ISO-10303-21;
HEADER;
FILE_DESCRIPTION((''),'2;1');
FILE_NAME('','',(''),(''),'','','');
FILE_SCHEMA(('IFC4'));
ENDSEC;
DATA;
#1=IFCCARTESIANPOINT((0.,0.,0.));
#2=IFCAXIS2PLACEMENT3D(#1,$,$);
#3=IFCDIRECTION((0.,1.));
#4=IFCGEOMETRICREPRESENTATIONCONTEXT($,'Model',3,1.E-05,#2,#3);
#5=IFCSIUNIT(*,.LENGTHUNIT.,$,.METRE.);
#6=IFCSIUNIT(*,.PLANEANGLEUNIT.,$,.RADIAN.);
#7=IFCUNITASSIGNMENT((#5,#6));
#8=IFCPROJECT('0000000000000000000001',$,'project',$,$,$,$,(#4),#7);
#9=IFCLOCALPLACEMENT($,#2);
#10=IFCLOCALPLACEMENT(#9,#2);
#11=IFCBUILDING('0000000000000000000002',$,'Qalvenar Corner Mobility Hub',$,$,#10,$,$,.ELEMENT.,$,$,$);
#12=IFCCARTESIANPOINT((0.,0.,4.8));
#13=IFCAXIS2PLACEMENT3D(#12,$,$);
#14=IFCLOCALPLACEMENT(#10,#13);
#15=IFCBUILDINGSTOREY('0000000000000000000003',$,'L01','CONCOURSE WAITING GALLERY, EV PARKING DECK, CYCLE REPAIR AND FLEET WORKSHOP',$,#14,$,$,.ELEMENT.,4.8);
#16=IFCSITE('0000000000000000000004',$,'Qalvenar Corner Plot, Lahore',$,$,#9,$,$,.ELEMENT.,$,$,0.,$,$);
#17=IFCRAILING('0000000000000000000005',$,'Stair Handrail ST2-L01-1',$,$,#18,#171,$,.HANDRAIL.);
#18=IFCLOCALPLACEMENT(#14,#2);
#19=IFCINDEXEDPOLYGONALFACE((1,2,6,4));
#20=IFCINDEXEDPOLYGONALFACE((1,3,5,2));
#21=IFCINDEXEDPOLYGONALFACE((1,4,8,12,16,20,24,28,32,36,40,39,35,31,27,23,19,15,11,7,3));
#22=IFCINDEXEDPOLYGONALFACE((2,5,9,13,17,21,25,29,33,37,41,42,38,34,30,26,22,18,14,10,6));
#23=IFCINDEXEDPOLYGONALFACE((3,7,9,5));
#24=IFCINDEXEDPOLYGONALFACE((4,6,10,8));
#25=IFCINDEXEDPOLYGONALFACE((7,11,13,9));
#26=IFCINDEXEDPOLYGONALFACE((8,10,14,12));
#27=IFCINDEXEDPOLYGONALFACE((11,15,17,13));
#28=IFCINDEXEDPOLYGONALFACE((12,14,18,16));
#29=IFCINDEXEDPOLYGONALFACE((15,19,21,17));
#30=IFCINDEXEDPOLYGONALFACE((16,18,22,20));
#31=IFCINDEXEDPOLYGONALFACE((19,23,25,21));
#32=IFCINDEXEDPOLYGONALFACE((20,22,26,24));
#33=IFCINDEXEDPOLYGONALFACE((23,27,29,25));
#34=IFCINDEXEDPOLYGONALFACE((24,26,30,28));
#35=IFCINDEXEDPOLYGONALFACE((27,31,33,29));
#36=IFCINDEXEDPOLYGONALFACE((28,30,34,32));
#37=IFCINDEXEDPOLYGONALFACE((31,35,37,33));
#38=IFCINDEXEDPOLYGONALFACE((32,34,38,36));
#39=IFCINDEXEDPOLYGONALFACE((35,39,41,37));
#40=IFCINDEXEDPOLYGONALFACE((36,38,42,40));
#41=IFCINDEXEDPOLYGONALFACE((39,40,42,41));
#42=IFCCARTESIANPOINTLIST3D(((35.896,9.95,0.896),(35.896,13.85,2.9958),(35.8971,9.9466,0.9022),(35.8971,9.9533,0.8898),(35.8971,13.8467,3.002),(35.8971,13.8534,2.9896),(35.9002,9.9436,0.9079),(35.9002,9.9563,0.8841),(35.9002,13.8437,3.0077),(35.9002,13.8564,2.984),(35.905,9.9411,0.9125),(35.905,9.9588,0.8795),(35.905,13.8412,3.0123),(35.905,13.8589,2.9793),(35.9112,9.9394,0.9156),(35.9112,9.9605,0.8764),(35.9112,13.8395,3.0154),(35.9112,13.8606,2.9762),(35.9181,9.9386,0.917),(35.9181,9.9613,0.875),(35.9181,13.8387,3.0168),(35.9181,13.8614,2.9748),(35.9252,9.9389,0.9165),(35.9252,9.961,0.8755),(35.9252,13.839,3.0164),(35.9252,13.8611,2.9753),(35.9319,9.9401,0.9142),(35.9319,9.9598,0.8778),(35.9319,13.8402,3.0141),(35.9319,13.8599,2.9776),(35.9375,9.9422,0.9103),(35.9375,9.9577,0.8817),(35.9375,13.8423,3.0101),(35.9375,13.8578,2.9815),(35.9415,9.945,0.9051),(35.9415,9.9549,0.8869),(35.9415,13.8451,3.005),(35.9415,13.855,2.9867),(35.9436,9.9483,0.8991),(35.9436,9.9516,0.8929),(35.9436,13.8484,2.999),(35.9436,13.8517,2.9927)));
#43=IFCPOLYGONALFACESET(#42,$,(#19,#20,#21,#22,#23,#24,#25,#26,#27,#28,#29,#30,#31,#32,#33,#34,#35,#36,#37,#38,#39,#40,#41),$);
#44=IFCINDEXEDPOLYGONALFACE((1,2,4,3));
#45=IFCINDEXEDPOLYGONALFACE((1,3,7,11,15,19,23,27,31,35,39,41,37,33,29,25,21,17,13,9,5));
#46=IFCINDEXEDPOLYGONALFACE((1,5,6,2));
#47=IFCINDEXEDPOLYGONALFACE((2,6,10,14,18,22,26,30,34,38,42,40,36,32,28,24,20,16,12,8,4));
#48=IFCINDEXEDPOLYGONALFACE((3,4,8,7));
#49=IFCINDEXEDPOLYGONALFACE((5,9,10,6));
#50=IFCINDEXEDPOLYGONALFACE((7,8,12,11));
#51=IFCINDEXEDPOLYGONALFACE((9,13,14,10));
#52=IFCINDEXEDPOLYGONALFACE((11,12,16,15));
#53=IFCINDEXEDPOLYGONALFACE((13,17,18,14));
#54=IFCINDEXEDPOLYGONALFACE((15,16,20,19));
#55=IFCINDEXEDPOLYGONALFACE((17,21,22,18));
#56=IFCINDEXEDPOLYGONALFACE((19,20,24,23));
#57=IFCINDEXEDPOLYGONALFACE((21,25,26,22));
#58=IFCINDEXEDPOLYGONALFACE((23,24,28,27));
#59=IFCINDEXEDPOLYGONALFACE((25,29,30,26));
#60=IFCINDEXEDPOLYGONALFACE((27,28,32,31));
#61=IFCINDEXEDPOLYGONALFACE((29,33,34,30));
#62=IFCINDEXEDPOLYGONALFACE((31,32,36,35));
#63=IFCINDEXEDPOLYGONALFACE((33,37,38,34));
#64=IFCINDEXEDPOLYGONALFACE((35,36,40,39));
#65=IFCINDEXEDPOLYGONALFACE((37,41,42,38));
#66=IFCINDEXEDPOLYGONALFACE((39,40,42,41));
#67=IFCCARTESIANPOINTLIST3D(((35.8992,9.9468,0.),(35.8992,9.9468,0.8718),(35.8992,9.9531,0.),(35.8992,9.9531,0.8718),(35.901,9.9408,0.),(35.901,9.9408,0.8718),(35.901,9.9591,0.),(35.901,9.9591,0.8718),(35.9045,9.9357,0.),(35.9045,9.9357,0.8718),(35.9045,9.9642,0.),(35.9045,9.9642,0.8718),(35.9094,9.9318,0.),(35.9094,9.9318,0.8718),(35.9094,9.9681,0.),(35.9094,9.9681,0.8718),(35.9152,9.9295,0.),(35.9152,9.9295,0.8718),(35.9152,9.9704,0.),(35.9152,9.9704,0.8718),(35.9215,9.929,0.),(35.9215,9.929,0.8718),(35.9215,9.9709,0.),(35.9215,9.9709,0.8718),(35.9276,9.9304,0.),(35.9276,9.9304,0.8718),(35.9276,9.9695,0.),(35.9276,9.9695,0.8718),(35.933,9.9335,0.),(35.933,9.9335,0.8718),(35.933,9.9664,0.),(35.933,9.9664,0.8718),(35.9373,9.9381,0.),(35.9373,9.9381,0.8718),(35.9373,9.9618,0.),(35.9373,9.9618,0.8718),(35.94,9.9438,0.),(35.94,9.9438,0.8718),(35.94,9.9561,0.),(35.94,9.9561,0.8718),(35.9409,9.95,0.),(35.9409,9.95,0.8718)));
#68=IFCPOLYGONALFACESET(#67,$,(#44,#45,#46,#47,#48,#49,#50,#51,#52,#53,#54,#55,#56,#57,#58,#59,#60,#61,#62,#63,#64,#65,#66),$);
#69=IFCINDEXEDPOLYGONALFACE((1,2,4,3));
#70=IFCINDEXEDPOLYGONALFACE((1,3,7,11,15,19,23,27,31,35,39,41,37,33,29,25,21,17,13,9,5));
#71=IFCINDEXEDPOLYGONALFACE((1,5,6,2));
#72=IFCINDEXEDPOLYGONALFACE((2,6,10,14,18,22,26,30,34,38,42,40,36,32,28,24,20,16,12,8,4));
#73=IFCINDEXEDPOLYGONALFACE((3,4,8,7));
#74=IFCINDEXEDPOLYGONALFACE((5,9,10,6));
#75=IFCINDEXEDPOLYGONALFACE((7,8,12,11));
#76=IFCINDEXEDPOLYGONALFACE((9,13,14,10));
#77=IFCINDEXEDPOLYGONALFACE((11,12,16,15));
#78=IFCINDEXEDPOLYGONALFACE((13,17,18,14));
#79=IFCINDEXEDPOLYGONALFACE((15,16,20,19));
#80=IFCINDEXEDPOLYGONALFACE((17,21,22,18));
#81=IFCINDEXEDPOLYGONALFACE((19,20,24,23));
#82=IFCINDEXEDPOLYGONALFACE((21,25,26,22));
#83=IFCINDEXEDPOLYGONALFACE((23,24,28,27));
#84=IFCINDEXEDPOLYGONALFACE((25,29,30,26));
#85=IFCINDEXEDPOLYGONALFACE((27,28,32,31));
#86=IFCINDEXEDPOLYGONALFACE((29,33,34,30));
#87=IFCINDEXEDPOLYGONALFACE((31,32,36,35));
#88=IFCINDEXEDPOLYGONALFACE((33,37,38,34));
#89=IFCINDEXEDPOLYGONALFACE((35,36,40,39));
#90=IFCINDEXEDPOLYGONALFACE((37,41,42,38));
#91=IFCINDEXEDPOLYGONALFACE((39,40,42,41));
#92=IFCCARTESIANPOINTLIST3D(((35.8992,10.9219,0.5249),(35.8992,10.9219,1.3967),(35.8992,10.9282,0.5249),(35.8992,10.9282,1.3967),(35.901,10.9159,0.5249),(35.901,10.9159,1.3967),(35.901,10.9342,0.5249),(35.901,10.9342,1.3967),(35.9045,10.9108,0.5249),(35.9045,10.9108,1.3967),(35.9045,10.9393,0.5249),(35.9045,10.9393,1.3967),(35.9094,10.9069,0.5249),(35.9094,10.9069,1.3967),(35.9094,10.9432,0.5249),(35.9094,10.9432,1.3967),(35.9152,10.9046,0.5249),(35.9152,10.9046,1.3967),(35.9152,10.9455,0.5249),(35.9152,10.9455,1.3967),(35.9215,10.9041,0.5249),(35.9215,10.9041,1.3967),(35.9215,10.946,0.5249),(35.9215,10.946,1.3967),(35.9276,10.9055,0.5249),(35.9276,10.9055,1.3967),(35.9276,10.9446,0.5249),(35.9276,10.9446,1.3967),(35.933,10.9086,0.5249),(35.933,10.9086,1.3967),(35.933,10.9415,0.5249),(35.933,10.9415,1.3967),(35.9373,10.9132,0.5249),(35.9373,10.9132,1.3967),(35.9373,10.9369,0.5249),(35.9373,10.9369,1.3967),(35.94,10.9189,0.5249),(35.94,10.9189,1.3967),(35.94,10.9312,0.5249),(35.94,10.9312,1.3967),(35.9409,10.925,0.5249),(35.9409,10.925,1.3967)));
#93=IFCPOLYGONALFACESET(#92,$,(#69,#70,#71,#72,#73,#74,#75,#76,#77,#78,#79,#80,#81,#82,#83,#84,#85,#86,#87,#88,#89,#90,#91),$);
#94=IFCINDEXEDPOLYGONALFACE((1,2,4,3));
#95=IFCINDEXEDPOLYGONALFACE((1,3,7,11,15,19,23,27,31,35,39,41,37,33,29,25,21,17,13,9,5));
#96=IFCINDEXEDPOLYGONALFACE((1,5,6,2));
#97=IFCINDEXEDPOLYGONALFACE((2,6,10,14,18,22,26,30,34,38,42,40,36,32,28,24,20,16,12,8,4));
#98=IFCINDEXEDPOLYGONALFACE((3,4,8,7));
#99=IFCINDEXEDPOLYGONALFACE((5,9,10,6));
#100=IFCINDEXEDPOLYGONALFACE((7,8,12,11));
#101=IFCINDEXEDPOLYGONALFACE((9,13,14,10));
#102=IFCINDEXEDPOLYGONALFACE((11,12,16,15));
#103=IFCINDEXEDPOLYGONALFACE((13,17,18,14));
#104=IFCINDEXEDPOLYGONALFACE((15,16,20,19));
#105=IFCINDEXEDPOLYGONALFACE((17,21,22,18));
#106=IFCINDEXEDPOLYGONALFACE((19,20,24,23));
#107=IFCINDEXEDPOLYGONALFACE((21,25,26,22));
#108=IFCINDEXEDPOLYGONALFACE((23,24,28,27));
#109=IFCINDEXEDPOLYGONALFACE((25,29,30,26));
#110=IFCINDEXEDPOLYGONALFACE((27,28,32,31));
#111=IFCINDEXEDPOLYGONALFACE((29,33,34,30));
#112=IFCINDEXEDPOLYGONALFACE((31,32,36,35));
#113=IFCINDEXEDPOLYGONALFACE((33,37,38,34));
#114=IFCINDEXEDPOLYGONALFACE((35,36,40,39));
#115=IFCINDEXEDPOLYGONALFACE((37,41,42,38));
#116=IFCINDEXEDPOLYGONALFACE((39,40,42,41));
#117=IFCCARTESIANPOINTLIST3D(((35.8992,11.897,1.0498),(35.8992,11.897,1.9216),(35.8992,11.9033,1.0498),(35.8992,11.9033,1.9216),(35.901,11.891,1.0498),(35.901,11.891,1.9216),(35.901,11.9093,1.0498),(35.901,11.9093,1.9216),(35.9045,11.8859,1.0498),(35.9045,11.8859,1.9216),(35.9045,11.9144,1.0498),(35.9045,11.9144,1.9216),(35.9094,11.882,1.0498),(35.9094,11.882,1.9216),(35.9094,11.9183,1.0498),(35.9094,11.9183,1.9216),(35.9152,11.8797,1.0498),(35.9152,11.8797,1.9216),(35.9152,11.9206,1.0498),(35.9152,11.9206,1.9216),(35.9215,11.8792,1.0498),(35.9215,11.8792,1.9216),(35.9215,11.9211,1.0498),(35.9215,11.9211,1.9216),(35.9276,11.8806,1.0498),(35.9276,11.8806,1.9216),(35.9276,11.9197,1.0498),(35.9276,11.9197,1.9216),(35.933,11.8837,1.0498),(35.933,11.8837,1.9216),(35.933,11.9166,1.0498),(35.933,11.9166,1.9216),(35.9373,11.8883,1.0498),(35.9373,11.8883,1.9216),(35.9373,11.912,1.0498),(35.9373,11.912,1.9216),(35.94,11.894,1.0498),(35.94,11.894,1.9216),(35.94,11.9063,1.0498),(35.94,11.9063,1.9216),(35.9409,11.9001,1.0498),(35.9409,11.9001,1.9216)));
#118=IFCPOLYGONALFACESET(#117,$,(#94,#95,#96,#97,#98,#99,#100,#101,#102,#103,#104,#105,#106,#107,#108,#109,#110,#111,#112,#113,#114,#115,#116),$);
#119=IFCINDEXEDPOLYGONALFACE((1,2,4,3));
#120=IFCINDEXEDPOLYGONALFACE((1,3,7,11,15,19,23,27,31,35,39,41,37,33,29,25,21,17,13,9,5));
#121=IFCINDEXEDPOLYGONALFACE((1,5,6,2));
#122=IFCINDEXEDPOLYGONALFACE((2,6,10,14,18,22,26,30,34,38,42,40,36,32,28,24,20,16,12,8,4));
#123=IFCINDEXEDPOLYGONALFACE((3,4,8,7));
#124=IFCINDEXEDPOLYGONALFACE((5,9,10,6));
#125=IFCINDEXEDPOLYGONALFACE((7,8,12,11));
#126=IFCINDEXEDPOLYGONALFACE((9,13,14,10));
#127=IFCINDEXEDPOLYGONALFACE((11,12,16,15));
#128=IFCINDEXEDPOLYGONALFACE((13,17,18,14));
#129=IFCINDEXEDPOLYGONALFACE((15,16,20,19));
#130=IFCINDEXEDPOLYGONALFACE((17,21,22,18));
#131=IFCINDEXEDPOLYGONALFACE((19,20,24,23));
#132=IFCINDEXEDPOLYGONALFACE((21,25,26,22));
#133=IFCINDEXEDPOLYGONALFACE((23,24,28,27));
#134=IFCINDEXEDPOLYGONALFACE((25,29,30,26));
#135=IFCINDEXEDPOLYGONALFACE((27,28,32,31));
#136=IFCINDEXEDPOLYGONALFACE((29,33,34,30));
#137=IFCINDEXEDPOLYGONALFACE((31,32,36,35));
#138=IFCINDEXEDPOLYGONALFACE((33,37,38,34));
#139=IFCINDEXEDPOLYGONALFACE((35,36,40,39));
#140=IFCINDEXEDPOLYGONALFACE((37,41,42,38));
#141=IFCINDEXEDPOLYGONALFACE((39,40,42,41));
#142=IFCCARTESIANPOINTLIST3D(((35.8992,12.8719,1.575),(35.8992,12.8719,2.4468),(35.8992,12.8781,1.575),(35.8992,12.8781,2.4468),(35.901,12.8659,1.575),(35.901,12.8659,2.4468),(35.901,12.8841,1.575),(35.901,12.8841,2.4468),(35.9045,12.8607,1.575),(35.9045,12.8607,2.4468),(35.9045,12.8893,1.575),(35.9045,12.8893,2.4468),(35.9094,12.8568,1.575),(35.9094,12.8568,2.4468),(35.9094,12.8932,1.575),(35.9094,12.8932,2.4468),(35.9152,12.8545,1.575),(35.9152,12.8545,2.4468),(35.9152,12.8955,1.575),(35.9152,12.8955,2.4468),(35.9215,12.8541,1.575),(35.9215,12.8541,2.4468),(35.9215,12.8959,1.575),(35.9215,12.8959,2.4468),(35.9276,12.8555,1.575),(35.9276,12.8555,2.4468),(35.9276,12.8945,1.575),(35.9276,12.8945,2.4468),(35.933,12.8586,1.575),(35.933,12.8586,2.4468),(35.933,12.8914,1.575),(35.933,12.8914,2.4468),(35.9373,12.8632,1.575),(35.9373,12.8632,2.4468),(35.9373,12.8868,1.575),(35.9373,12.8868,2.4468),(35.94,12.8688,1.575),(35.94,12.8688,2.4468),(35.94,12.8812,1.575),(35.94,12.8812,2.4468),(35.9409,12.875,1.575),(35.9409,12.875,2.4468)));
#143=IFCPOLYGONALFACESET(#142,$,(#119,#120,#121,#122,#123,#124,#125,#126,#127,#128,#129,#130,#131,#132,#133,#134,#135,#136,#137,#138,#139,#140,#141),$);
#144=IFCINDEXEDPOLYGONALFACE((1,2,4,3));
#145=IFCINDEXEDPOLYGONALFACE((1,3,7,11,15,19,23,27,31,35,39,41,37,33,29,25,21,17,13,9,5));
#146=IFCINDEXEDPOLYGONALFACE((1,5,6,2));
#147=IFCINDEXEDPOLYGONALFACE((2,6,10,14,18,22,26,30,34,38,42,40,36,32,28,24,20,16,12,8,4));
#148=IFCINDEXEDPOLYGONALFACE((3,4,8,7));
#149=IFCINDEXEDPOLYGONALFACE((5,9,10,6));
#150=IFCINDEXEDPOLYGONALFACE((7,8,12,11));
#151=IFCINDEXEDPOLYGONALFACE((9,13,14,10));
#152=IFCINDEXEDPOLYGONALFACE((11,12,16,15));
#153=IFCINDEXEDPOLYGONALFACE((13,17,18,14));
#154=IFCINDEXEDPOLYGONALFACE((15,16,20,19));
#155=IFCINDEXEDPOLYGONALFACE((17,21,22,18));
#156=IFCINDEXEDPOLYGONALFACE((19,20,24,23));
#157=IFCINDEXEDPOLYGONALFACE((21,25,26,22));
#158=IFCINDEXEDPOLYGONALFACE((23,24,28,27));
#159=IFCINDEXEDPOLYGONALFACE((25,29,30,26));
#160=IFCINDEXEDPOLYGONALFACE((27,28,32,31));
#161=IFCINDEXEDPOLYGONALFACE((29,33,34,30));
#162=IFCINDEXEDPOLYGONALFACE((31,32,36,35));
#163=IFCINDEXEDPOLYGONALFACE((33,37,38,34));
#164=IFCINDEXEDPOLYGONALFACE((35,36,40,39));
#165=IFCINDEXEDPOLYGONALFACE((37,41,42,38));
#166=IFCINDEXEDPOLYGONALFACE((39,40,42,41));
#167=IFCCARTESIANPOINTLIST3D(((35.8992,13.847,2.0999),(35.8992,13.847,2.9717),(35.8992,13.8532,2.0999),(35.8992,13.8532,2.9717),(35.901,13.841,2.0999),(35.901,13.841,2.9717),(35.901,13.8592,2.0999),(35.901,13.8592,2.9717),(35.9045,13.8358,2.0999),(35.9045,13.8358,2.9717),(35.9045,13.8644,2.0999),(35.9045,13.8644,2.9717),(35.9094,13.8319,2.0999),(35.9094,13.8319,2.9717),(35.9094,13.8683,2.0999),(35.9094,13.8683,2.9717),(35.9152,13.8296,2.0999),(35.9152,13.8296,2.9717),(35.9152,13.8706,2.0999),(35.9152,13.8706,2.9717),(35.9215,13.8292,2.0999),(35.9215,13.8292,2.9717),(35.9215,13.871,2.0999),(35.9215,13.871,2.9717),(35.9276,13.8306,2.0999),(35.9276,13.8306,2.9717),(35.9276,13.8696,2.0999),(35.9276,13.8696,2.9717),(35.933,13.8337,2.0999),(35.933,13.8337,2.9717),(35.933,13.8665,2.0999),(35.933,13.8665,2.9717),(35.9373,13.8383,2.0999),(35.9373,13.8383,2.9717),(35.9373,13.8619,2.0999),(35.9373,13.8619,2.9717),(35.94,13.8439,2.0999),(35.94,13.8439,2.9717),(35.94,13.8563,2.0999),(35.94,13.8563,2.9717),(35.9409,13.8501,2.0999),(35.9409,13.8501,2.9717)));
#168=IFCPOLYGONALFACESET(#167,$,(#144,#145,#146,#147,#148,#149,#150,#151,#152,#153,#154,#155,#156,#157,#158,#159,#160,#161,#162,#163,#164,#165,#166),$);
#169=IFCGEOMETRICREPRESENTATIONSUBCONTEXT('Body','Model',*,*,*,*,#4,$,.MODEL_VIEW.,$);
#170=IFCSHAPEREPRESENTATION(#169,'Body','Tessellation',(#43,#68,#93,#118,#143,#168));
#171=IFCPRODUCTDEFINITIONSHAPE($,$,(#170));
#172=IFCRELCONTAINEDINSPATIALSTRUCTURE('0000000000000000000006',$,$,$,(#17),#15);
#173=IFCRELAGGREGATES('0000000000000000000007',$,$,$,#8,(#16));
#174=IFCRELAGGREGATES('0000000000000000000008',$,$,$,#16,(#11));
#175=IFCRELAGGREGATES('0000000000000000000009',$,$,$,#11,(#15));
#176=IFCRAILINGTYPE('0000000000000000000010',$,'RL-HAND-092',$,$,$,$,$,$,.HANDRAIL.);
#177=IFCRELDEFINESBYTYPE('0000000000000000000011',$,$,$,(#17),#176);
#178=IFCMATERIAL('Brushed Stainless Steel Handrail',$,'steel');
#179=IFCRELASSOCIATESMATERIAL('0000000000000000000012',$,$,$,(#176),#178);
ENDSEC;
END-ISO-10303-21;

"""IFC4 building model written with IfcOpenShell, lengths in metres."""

from ifc_helpers import new_model, si_unit, direction, frame, origin, origin_2d, place, context, subcontext, project, spatial, circle, extrude, material, type_object, element, save


model = new_model("IFC4")

# Units and contexts
model_context = context("Model", 3, precision=1e-05, world=origin(), true_north=direction((0.0, 1.0)))
body_context = subcontext(model_context, "Body", "Model", "MODEL_VIEW")
ifc_project = project(units=[si_unit("LENGTHUNIT", "METRE"), si_unit("PLANEANGLEUNIT", "RADIAN")], contexts=[model_context])

# Site, building, storey
site_placement = place(None, origin())
site = spatial("IfcSite", under=ifc_project, at=site_placement, Name="Qalvenar Corner Plot, Lahore", CompositionType="ELEMENT", RefElevation=0.0)
building_placement = place(site_placement, origin())
building = spatial("IfcBuilding", under=site, at=building_placement, Name="Qalvenar Corner Mobility Hub", CompositionType="ELEMENT")
storey_placement = place(building_placement, frame((0.0, 0.0, 4.8)))
storey = spatial("IfcBuildingStorey", under=building, at=storey_placement, Name="L01", Description="CONCOURSE WAITING GALLERY, EV PARKING DECK, CYCLE REPAIR AND FLEET WORKSHOP", CompositionType="ELEMENT", Elevation=4.8)

# Railing
ifc_material_1 = material(Name="Brushed Stainless Steel Handrail", Category="steel")
railing_type_1 = type_object("IfcRailingType", Name="RL-HAND-092", PredefinedType="HANDRAIL", material=ifc_material_1)
railing_1_placement = place(storey_placement, frame((35.9199, 9.95, 0.0)))
element("IfcRailing", 1, at=railing_1_placement, inside=storey, type_object=railing_type_1, Name="Stair Handrail ST2-L01-1", PredefinedType="HANDRAIL", context=body_context, shape_type="SweptSolid", body=[
    extrude(circle(Radius=0.0239, at=origin_2d()), frame((0.0, 0.0, 0.896), z_axis=(0.0, 0.880492, 0.47406), x_axis=(-1.0, 0.0, 0.0)), (0.0, 0.0, 1.0), 4.4294),
    extrude(circle(Radius=0.021, at=origin_2d()), origin(), (0.0, 0.0, 1.0), 0.8718),
    extrude(circle(Radius=0.021, at=origin_2d()), frame((0.0, 0.9751, 0.5249)), (0.0, 0.0, 1.0), 0.8718),
    extrude(circle(Radius=0.021, at=origin_2d()), frame((0.0, 1.9502, 1.0498)), (0.0, 0.0, 1.0), 0.8718),
    extrude(circle(Radius=0.021, at=origin_2d()), frame((0.0, 2.925, 1.575)), (0.0, 0.0, 1.0), 0.8718),
    extrude(circle(Radius=0.021, at=origin_2d()), frame((0.0, 3.9001, 2.0999)), (0.0, 0.0, 1.0), 0.8718),
])

save(model, "model.ifc")
